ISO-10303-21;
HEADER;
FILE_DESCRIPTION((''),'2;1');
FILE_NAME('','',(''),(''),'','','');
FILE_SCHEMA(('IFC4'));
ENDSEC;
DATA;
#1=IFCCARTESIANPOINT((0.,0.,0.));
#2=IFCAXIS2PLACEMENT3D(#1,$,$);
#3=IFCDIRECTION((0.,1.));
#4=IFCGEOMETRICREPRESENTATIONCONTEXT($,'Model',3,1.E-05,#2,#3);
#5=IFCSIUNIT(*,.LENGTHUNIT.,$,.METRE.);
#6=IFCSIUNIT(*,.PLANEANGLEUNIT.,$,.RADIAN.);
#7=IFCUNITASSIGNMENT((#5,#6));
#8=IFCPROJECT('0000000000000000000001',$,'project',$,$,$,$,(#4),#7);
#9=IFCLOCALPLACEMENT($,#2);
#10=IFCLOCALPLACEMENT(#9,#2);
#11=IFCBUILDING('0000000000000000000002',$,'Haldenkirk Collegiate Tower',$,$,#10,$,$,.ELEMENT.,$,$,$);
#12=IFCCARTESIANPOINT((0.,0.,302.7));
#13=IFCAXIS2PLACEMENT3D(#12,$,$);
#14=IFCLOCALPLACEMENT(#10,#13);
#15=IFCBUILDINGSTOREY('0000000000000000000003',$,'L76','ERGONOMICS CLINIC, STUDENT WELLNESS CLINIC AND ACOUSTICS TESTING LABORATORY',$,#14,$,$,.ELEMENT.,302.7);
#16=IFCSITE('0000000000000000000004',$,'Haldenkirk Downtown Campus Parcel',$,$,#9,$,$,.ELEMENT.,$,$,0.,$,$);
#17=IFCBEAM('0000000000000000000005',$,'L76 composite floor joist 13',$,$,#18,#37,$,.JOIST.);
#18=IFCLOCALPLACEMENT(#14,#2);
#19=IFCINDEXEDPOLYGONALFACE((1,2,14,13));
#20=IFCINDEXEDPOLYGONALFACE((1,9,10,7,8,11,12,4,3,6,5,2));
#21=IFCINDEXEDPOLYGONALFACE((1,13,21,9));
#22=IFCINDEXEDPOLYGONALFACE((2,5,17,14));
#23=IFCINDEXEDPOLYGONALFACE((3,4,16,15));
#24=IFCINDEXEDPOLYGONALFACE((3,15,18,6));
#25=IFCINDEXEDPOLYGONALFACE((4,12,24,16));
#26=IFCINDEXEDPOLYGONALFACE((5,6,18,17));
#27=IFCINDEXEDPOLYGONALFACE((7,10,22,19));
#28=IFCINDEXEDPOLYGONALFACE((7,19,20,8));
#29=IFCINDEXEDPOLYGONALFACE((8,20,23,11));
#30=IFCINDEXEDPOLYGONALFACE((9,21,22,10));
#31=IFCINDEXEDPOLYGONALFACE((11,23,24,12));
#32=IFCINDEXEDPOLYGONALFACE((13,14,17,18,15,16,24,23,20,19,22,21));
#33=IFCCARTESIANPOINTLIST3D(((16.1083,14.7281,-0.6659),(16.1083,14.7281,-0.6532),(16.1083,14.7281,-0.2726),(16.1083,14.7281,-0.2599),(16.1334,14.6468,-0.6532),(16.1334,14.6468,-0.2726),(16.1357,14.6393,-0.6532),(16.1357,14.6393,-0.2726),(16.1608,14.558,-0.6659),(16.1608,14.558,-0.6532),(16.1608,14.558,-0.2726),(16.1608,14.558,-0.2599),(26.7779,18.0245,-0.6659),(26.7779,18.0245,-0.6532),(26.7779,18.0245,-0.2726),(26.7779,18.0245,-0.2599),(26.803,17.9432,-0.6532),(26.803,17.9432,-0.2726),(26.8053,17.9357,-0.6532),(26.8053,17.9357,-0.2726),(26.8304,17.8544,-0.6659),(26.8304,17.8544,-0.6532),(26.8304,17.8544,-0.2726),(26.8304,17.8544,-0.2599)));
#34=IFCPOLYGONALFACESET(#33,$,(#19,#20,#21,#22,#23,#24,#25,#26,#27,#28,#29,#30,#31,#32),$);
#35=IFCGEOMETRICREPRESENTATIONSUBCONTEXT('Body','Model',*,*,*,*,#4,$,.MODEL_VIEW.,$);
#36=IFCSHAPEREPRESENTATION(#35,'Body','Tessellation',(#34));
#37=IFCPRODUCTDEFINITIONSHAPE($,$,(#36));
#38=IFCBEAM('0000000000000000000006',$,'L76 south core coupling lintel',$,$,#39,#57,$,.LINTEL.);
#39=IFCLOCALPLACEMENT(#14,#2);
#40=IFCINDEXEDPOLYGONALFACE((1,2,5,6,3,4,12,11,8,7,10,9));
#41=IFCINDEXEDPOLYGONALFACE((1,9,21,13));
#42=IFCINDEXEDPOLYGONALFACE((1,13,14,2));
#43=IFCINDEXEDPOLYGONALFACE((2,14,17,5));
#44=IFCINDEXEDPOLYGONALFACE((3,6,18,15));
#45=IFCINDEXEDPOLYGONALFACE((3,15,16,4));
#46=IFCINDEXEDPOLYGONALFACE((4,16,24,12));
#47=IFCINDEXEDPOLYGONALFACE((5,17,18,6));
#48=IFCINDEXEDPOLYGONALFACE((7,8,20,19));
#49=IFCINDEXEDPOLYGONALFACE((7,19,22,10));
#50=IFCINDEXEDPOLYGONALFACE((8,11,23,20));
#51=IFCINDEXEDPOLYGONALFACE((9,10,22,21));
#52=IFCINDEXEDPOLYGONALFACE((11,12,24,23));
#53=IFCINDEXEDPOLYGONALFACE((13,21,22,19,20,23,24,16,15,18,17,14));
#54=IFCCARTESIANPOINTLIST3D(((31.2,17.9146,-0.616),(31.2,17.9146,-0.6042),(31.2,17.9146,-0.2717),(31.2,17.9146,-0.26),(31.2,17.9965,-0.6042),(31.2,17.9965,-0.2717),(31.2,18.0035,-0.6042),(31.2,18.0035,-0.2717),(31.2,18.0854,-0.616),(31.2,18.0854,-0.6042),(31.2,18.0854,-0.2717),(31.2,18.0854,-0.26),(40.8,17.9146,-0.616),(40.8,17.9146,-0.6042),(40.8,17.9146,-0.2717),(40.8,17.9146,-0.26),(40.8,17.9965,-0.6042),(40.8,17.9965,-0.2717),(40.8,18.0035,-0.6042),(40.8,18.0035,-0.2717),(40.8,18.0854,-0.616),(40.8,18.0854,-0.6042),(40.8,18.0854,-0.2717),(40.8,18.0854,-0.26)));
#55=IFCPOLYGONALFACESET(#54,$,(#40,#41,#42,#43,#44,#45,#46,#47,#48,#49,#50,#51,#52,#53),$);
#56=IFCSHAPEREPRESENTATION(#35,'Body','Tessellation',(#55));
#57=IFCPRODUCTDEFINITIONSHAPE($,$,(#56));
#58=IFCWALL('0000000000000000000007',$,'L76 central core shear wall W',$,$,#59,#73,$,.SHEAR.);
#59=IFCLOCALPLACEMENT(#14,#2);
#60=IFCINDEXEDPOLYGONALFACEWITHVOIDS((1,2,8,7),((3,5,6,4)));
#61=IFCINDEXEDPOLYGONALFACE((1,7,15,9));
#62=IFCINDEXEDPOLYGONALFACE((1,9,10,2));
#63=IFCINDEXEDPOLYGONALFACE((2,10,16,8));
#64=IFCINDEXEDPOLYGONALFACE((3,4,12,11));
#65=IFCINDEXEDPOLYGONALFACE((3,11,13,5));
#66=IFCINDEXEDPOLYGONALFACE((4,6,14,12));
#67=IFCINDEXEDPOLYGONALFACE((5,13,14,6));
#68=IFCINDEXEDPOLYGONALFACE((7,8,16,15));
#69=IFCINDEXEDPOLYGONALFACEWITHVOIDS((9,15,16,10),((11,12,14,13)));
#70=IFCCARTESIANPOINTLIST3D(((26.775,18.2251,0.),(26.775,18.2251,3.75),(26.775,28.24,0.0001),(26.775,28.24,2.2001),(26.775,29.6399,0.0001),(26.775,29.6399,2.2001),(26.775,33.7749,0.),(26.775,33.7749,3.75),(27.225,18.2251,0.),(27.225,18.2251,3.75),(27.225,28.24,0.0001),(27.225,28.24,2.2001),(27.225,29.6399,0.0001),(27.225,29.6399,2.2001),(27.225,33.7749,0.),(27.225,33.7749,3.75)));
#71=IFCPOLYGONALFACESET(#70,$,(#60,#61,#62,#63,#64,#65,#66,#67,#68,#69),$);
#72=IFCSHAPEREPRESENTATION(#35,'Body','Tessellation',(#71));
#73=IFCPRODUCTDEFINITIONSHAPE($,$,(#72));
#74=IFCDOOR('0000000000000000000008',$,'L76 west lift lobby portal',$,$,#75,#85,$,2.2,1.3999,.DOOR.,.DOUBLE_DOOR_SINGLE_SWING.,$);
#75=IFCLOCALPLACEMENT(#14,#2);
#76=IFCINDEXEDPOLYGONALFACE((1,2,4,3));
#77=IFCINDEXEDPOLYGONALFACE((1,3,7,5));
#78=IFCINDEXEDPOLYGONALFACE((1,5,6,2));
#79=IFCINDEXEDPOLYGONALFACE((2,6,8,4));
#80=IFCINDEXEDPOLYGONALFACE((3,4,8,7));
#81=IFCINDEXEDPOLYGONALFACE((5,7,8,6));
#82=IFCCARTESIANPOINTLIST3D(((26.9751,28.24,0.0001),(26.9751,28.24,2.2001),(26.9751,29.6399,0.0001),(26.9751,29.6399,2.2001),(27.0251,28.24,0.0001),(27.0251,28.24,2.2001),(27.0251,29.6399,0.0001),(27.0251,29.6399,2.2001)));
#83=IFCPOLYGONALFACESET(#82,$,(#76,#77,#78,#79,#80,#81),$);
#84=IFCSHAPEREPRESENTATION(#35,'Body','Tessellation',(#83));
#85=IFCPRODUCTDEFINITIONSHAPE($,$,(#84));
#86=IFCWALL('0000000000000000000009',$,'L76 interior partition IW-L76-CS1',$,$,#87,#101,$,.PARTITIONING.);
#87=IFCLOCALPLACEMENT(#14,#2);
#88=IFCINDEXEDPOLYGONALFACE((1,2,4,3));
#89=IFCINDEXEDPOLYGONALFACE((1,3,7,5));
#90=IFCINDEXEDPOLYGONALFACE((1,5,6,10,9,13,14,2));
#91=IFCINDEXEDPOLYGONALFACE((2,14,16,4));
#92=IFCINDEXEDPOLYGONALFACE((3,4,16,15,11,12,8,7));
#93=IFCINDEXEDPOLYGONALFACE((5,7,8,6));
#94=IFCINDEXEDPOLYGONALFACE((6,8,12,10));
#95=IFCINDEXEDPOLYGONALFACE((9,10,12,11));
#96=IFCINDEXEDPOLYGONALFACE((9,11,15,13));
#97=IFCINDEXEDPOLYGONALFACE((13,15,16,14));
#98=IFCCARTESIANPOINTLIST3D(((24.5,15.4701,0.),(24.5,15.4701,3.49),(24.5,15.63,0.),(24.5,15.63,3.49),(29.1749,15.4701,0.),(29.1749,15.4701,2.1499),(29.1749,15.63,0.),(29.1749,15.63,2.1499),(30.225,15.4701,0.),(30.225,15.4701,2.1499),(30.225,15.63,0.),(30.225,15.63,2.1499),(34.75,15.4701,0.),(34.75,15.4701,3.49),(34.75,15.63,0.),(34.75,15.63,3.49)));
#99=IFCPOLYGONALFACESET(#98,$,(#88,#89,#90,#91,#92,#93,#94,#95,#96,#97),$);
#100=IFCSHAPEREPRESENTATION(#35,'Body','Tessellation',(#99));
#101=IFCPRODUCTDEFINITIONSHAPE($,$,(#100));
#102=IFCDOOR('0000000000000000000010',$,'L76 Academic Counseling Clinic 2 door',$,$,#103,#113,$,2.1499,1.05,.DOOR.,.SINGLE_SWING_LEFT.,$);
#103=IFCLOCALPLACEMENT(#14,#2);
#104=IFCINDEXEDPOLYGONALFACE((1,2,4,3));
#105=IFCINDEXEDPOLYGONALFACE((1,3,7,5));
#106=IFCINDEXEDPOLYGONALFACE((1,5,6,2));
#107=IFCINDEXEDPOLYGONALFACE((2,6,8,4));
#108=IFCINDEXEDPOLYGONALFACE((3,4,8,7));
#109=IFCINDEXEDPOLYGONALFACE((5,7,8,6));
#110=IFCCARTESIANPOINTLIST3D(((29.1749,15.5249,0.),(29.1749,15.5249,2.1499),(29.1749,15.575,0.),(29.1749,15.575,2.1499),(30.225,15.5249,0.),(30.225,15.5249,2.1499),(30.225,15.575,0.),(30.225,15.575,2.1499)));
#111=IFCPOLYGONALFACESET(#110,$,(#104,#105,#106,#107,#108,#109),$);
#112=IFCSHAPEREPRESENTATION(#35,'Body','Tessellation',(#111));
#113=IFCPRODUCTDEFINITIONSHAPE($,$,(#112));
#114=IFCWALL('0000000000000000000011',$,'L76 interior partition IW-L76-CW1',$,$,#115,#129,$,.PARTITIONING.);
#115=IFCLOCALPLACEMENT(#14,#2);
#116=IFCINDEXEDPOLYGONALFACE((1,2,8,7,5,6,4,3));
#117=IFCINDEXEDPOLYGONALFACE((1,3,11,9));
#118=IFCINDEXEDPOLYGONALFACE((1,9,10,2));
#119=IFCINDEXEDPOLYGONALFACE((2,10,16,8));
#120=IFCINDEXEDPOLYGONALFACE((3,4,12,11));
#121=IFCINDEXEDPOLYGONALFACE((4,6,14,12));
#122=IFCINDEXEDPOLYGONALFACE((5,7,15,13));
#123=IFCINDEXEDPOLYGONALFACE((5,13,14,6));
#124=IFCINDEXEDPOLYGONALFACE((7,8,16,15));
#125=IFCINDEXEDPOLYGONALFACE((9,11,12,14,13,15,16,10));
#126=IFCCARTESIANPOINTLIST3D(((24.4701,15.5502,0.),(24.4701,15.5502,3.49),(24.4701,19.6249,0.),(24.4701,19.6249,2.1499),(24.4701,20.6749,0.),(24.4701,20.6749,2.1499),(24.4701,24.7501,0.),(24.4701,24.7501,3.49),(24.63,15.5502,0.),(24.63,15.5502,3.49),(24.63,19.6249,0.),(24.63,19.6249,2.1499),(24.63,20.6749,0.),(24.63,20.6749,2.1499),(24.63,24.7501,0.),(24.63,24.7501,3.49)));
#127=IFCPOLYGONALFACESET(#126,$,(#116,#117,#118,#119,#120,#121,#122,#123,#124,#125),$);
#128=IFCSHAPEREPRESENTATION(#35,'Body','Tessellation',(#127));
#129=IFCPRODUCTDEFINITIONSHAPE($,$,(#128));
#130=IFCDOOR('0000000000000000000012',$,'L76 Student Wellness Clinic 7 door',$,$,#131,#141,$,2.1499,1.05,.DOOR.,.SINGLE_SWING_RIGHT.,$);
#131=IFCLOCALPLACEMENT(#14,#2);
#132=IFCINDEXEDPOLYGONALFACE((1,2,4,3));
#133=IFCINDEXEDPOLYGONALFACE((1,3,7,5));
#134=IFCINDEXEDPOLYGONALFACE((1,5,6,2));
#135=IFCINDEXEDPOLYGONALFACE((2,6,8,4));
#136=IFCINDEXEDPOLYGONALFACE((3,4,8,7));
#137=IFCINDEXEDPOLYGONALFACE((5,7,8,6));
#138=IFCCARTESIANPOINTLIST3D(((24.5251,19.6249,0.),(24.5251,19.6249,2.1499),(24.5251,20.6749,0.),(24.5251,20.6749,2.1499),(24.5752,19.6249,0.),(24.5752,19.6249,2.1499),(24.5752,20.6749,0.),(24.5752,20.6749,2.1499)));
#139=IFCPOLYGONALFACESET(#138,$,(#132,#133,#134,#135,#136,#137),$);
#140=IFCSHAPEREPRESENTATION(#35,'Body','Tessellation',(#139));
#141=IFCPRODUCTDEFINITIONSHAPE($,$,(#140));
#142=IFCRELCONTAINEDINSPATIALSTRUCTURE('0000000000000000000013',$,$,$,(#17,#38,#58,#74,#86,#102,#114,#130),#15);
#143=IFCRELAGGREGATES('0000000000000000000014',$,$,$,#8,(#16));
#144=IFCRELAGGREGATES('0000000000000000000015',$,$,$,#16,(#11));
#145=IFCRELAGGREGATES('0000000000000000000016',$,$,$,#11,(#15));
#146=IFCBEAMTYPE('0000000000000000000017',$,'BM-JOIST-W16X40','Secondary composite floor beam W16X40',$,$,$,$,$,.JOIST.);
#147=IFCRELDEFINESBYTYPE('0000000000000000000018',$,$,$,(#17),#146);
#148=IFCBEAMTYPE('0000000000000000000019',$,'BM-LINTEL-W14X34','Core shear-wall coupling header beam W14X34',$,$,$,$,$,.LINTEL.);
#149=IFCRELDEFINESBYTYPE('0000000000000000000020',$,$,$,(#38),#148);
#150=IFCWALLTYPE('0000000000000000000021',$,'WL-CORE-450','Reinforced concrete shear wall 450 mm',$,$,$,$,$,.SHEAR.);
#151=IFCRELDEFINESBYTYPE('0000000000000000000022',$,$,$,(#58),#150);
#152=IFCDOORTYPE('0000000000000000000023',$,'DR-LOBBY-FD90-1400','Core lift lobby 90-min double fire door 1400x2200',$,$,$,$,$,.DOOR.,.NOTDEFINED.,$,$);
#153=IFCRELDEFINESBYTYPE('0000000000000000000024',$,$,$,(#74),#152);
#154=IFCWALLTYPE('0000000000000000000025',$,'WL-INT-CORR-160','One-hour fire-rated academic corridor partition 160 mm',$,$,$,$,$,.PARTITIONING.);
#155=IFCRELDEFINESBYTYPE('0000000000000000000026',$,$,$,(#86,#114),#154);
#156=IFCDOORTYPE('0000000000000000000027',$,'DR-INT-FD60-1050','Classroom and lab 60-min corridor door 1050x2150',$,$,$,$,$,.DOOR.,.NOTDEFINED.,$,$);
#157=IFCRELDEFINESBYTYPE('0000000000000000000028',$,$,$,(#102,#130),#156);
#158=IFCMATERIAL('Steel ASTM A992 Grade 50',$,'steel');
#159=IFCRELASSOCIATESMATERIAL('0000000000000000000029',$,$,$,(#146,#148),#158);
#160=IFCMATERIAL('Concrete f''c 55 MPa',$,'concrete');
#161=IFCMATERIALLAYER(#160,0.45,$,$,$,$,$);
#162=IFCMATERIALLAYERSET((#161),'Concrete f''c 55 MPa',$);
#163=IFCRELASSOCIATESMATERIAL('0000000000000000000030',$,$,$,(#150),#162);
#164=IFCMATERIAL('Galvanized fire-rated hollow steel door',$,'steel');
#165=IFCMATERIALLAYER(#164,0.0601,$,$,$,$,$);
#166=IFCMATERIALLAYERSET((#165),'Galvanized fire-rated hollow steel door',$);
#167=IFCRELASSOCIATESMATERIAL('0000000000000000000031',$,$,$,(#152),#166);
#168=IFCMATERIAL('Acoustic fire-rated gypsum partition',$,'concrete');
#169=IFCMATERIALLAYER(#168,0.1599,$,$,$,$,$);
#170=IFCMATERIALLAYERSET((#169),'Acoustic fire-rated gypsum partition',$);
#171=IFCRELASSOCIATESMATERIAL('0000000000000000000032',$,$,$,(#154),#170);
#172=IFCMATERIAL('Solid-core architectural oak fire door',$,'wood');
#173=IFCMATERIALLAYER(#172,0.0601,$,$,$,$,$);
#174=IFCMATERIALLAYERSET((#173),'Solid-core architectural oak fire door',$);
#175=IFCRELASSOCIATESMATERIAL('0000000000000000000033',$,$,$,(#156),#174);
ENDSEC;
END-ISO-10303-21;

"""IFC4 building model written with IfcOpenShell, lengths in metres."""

from ifc_helpers import new_model, si_unit, direction, frame, frame_2d, origin, origin_2d, place, context, subcontext, project, spatial, rectangle, i_section, extrude, material, layer, layer_set, material_profile, profile_set, type_object, element, fill, save


model = new_model("IFC4")

# Units and contexts
model_context = context("Model", 3, precision=1e-05, world=origin(), true_north=direction((0.0, 1.0)))
body_context = subcontext(model_context, "Body", "Model", "MODEL_VIEW")
ifc_project = project(units=[si_unit("LENGTHUNIT", "METRE"), si_unit("PLANEANGLEUNIT", "RADIAN")], contexts=[model_context])

# Site, building, storey
site_placement = place(None, origin())
site = spatial("IfcSite", under=ifc_project, at=site_placement, Name="Haldenkirk Downtown Campus Parcel", CompositionType="ELEMENT", RefElevation=0.0)
building_placement = place(site_placement, origin())
building = spatial("IfcBuilding", under=site, at=building_placement, Name="Haldenkirk Collegiate Tower", CompositionType="ELEMENT")
storey_placement = place(building_placement, frame((0.0, 0.0, 302.7)))
storey = spatial("IfcBuildingStorey", under=building, at=storey_placement, Name="L76", Description="ERGONOMICS CLINIC, STUDENT WELLNESS CLINIC AND ACOUSTICS TESTING LABORATORY", CompositionType="ELEMENT", Elevation=302.7)

# Beams
ifc_material_1 = material(Name="Steel ASTM A992 Grade 50", Category="steel")
ifc_material_profile_1 = material_profile(ifc_material_1, i_section(OverallWidth=0.178, OverallDepth=0.406, WebThickness=0.0078, FlangeThickness=0.0127, at=origin_2d()), Name="W16X40")
ifc_profile_set_1 = profile_set([ifc_material_profile_1], Name="Steel ASTM A992 Grade 50")
beam_type_1 = type_object("IfcBeamType", Name="BM-JOIST-W16X40", Description="Secondary composite floor beam W16X40", PredefinedType="JOIST", material=ifc_profile_set_1)
beam_1_placement = place(storey_placement, frame((16.1345, 14.6431, -0.4629), z_axis=(0.955441, 0.295183, 0.0), x_axis=(-0.295183, 0.955441, 0.0)))
element("IfcBeam", 1, at=beam_1_placement, inside=storey, type_object=beam_type_1, Name="L76 composite floor joist 13", PredefinedType="JOIST", context=body_context, shape_type="SweptSolid", body=[
    extrude(i_section(OverallWidth=0.178, OverallDepth=0.406, WebThickness=0.0078, FlangeThickness=0.0127, at=origin_2d()), origin(), (0.0, 0.0, 1.0), 11.1672),
])
ifc_material_profile_2 = material_profile(ifc_material_1, i_section(OverallWidth=0.1709, OverallDepth=0.356, WebThickness=0.0071, FlangeThickness=0.0117, at=origin_2d()), Name="W14X34")
ifc_profile_set_2 = profile_set([ifc_material_profile_2], Name="Steel ASTM A992 Grade 50")
beam_type_2 = type_object("IfcBeamType", Name="BM-LINTEL-W14X34", Description="Core shear-wall coupling header beam W14X34", PredefinedType="LINTEL", material=ifc_profile_set_2)
beam_2_placement = place(storey_placement, frame((31.2, 18.0, -0.438), z_axis=(1.0, 0.0, 0.0), x_axis=(0.0, 1.0, 0.0)))
element("IfcBeam", 2, at=beam_2_placement, inside=storey, type_object=beam_type_2, Name="L76 south core coupling lintel", PredefinedType="LINTEL", context=body_context, shape_type="SweptSolid", body=[
    extrude(i_section(OverallWidth=0.1709, OverallDepth=0.356, WebThickness=0.0071, FlangeThickness=0.0117, at=origin_2d()), origin(), (0.0, 0.0, 1.0), 9.6001),
])

# Shared definitions
ifc_material_2 = material(Name="Concrete f'c 55 MPa", Category="concrete")
ifc_layer_1 = layer(ifc_material_2, 0.45)
ifc_layer_set_1 = layer_set([ifc_layer_1], Name="Concrete f'c 55 MPa")
wall_type_1 = type_object("IfcWallType", Name="WL-CORE-450", Description="Reinforced concrete shear wall 450 mm", PredefinedType="SHEAR", material=ifc_layer_set_1)
ifc_material_3 = material(Name="Galvanized fire-rated hollow steel door", Category="steel")

# Walls, openings, doors
wall_1_placement = place(storey_placement, frame((27.0, 18.2251, 0.0), z_axis=(0.0, 0.0, 1.0), x_axis=(0.0, 1.0, 0.0)))
wall_1 = element("IfcWall", 3, at=wall_1_placement, inside=storey, type_object=wall_type_1, Name="L76 central core shear wall W", PredefinedType="SHEAR", context=body_context, shape_type="SweptSolid", body=[
    extrude(rectangle(XDim=15.5498, YDim=0.45, at=frame_2d((7.7749, 0.0))), origin(), (0.0, 0.0, 1.0), 3.75),
])
opening_1_placement = place(wall_1_placement, frame((10.0149, 0.0, 0.0)))
opening_1 = element("IfcOpeningElement", 4, at=opening_1_placement, cuts=wall_1, PredefinedType="OPENING", context=body_context, shape_type="SweptSolid", body=[
    extrude(rectangle(XDim=1.3999, YDim=2.2, at=frame_2d((0.7, 1.1001))), frame((0.0, 0.2349, 0.0), z_axis=(0.0, -1.0, 0.0), x_axis=(1.0, 0.0, 0.0)), (0.0, 0.0, 1.0), 0.47),
])
ifc_layer_2 = layer(ifc_material_3, 0.0601)
ifc_layer_set_2 = layer_set([ifc_layer_2], Name="Galvanized fire-rated hollow steel door")
door_type_1 = type_object("IfcDoorType", Name="DR-LOBBY-FD90-1400", Description="Core lift lobby 90-min double fire door 1400x2200", OperationType="NOTDEFINED", PredefinedType="DOOR", material=ifc_layer_set_2)
door_1_placement = place(opening_1_placement, origin())
door_1 = element("IfcDoor", 5, at=door_1_placement, inside=storey, type_object=door_type_1, Name="L76 west lift lobby portal", OperationType="DOUBLE_DOOR_SINGLE_SWING", OverallHeight=2.2, OverallWidth=1.3999, PredefinedType="DOOR", context=body_context, shape_type="SweptSolid", body=[
    extrude(rectangle(XDim=1.3999, YDim=2.2, at=frame_2d((0.7, 1.1001))), frame((0.0, 0.0249, 0.0), z_axis=(0.0, -1.0, 0.0), x_axis=(1.0, 0.0, 0.0)), (0.0, 0.0, 1.0), 0.05),
])
fill(opening_1, door_1)
ifc_material_4 = material(Name="Acoustic fire-rated gypsum partition", Category="concrete")
ifc_layer_3 = layer(ifc_material_4, 0.1599)
ifc_layer_set_3 = layer_set([ifc_layer_3], Name="Acoustic fire-rated gypsum partition")
wall_type_2 = type_object("IfcWallType", Name="WL-INT-CORR-160", Description="One-hour fire-rated academic corridor partition 160 mm", PredefinedType="PARTITIONING", material=ifc_layer_set_3)
wall_2_placement = place(storey_placement, frame((24.5, 15.55, 0.0), z_axis=(0.0, 0.0, 1.0), x_axis=(1.0, 0.0, 0.0)))
wall_2 = element("IfcWall", 6, at=wall_2_placement, inside=storey, type_object=wall_type_2, Name="L76 interior partition IW-L76-CS1", PredefinedType="PARTITIONING", context=body_context, shape_type="SweptSolid", body=[
    extrude(rectangle(XDim=10.25, YDim=0.1599, at=frame_2d((5.125, 0.0))), origin(), (0.0, 0.0, 1.0), 3.49),
])
opening_2_placement = place(wall_2_placement, frame((4.675, 0.0, 0.0)))
opening_2 = element("IfcOpeningElement", 7, at=opening_2_placement, cuts=wall_2, PredefinedType="OPENING", context=body_context, shape_type="SweptSolid", body=[
    extrude(rectangle(XDim=1.05, YDim=2.1499, at=frame_2d((0.5249, 1.075))), frame((0.0, 0.0898, 0.0), z_axis=(0.0, -1.0, 0.0), x_axis=(1.0, 0.0, 0.0)), (0.0, 0.0, 1.0), 0.1799),
])
ifc_material_5 = material(Name="Solid-core architectural oak fire door", Category="wood")
ifc_layer_4 = layer(ifc_material_5, 0.0601)
ifc_layer_set_4 = layer_set([ifc_layer_4], Name="Solid-core architectural oak fire door")
door_type_2 = type_object("IfcDoorType", Name="DR-INT-FD60-1050", Description="Classroom and lab 60-min corridor door 1050x2150", OperationType="NOTDEFINED", PredefinedType="DOOR", material=ifc_layer_set_4)
door_2_placement = place(opening_2_placement, origin())
door_2 = element("IfcDoor", 8, at=door_2_placement, inside=storey, type_object=door_type_2, Name="L76 Academic Counseling Clinic 2 door", OperationType="SINGLE_SWING_LEFT", OverallHeight=2.1499, OverallWidth=1.05, PredefinedType="DOOR", context=body_context, shape_type="SweptSolid", body=[
    extrude(rectangle(XDim=1.05, YDim=2.1499, at=frame_2d((0.5249, 1.075))), frame((0.0, 0.0249, 0.0), z_axis=(0.0, -1.0, 0.0), x_axis=(1.0, 0.0, 0.0)), (0.0, 0.0, 1.0), 0.05),
])
fill(opening_2, door_2)
wall_3_placement = place(storey_placement, frame((24.55, 15.55, 0.0), z_axis=(0.0, 0.0, 1.0), x_axis=(0.0, 1.0, 0.0)))
wall_3 = element("IfcWall", 9, at=wall_3_placement, inside=storey, type_object=wall_type_2, Name="L76 interior partition IW-L76-CW1", PredefinedType="PARTITIONING", context=body_context, shape_type="SweptSolid", body=[
    extrude(rectangle(XDim=9.2, YDim=0.1599, at=frame_2d((4.6001, 0.0))), origin(), (0.0, 0.0, 1.0), 3.49),
])
opening_3_placement = place(wall_3_placement, frame((4.075, 0.0, 0.0)))
opening_3 = element("IfcOpeningElement", 10, at=opening_3_placement, cuts=wall_3, PredefinedType="OPENING", context=body_context, shape_type="SweptSolid", body=[
    extrude(rectangle(XDim=1.05, YDim=2.1499, at=frame_2d((0.5249, 1.075))), frame((0.0, 0.0898, 0.0), z_axis=(0.0, -1.0, 0.0), x_axis=(1.0, 0.0, 0.0)), (0.0, 0.0, 1.0), 0.1799),
])
door_3_placement = place(opening_3_placement, origin())
door_3 = element("IfcDoor", 11, at=door_3_placement, inside=storey, type_object=door_type_2, Name="L76 Student Wellness Clinic 7 door", OperationType="SINGLE_SWING_RIGHT", OverallHeight=2.1499, OverallWidth=1.05, PredefinedType="DOOR", context=body_context, shape_type="SweptSolid", body=[
    extrude(rectangle(XDim=1.05, YDim=2.1499, at=frame_2d((0.5249, 1.075))), frame((0.0, 0.0249, 0.0), z_axis=(0.0, -1.0, 0.0), x_axis=(1.0, 0.0, 0.0)), (0.0, 0.0, 1.0), 0.05),
])
fill(opening_3, door_3)

save(model, "model.ifc")
